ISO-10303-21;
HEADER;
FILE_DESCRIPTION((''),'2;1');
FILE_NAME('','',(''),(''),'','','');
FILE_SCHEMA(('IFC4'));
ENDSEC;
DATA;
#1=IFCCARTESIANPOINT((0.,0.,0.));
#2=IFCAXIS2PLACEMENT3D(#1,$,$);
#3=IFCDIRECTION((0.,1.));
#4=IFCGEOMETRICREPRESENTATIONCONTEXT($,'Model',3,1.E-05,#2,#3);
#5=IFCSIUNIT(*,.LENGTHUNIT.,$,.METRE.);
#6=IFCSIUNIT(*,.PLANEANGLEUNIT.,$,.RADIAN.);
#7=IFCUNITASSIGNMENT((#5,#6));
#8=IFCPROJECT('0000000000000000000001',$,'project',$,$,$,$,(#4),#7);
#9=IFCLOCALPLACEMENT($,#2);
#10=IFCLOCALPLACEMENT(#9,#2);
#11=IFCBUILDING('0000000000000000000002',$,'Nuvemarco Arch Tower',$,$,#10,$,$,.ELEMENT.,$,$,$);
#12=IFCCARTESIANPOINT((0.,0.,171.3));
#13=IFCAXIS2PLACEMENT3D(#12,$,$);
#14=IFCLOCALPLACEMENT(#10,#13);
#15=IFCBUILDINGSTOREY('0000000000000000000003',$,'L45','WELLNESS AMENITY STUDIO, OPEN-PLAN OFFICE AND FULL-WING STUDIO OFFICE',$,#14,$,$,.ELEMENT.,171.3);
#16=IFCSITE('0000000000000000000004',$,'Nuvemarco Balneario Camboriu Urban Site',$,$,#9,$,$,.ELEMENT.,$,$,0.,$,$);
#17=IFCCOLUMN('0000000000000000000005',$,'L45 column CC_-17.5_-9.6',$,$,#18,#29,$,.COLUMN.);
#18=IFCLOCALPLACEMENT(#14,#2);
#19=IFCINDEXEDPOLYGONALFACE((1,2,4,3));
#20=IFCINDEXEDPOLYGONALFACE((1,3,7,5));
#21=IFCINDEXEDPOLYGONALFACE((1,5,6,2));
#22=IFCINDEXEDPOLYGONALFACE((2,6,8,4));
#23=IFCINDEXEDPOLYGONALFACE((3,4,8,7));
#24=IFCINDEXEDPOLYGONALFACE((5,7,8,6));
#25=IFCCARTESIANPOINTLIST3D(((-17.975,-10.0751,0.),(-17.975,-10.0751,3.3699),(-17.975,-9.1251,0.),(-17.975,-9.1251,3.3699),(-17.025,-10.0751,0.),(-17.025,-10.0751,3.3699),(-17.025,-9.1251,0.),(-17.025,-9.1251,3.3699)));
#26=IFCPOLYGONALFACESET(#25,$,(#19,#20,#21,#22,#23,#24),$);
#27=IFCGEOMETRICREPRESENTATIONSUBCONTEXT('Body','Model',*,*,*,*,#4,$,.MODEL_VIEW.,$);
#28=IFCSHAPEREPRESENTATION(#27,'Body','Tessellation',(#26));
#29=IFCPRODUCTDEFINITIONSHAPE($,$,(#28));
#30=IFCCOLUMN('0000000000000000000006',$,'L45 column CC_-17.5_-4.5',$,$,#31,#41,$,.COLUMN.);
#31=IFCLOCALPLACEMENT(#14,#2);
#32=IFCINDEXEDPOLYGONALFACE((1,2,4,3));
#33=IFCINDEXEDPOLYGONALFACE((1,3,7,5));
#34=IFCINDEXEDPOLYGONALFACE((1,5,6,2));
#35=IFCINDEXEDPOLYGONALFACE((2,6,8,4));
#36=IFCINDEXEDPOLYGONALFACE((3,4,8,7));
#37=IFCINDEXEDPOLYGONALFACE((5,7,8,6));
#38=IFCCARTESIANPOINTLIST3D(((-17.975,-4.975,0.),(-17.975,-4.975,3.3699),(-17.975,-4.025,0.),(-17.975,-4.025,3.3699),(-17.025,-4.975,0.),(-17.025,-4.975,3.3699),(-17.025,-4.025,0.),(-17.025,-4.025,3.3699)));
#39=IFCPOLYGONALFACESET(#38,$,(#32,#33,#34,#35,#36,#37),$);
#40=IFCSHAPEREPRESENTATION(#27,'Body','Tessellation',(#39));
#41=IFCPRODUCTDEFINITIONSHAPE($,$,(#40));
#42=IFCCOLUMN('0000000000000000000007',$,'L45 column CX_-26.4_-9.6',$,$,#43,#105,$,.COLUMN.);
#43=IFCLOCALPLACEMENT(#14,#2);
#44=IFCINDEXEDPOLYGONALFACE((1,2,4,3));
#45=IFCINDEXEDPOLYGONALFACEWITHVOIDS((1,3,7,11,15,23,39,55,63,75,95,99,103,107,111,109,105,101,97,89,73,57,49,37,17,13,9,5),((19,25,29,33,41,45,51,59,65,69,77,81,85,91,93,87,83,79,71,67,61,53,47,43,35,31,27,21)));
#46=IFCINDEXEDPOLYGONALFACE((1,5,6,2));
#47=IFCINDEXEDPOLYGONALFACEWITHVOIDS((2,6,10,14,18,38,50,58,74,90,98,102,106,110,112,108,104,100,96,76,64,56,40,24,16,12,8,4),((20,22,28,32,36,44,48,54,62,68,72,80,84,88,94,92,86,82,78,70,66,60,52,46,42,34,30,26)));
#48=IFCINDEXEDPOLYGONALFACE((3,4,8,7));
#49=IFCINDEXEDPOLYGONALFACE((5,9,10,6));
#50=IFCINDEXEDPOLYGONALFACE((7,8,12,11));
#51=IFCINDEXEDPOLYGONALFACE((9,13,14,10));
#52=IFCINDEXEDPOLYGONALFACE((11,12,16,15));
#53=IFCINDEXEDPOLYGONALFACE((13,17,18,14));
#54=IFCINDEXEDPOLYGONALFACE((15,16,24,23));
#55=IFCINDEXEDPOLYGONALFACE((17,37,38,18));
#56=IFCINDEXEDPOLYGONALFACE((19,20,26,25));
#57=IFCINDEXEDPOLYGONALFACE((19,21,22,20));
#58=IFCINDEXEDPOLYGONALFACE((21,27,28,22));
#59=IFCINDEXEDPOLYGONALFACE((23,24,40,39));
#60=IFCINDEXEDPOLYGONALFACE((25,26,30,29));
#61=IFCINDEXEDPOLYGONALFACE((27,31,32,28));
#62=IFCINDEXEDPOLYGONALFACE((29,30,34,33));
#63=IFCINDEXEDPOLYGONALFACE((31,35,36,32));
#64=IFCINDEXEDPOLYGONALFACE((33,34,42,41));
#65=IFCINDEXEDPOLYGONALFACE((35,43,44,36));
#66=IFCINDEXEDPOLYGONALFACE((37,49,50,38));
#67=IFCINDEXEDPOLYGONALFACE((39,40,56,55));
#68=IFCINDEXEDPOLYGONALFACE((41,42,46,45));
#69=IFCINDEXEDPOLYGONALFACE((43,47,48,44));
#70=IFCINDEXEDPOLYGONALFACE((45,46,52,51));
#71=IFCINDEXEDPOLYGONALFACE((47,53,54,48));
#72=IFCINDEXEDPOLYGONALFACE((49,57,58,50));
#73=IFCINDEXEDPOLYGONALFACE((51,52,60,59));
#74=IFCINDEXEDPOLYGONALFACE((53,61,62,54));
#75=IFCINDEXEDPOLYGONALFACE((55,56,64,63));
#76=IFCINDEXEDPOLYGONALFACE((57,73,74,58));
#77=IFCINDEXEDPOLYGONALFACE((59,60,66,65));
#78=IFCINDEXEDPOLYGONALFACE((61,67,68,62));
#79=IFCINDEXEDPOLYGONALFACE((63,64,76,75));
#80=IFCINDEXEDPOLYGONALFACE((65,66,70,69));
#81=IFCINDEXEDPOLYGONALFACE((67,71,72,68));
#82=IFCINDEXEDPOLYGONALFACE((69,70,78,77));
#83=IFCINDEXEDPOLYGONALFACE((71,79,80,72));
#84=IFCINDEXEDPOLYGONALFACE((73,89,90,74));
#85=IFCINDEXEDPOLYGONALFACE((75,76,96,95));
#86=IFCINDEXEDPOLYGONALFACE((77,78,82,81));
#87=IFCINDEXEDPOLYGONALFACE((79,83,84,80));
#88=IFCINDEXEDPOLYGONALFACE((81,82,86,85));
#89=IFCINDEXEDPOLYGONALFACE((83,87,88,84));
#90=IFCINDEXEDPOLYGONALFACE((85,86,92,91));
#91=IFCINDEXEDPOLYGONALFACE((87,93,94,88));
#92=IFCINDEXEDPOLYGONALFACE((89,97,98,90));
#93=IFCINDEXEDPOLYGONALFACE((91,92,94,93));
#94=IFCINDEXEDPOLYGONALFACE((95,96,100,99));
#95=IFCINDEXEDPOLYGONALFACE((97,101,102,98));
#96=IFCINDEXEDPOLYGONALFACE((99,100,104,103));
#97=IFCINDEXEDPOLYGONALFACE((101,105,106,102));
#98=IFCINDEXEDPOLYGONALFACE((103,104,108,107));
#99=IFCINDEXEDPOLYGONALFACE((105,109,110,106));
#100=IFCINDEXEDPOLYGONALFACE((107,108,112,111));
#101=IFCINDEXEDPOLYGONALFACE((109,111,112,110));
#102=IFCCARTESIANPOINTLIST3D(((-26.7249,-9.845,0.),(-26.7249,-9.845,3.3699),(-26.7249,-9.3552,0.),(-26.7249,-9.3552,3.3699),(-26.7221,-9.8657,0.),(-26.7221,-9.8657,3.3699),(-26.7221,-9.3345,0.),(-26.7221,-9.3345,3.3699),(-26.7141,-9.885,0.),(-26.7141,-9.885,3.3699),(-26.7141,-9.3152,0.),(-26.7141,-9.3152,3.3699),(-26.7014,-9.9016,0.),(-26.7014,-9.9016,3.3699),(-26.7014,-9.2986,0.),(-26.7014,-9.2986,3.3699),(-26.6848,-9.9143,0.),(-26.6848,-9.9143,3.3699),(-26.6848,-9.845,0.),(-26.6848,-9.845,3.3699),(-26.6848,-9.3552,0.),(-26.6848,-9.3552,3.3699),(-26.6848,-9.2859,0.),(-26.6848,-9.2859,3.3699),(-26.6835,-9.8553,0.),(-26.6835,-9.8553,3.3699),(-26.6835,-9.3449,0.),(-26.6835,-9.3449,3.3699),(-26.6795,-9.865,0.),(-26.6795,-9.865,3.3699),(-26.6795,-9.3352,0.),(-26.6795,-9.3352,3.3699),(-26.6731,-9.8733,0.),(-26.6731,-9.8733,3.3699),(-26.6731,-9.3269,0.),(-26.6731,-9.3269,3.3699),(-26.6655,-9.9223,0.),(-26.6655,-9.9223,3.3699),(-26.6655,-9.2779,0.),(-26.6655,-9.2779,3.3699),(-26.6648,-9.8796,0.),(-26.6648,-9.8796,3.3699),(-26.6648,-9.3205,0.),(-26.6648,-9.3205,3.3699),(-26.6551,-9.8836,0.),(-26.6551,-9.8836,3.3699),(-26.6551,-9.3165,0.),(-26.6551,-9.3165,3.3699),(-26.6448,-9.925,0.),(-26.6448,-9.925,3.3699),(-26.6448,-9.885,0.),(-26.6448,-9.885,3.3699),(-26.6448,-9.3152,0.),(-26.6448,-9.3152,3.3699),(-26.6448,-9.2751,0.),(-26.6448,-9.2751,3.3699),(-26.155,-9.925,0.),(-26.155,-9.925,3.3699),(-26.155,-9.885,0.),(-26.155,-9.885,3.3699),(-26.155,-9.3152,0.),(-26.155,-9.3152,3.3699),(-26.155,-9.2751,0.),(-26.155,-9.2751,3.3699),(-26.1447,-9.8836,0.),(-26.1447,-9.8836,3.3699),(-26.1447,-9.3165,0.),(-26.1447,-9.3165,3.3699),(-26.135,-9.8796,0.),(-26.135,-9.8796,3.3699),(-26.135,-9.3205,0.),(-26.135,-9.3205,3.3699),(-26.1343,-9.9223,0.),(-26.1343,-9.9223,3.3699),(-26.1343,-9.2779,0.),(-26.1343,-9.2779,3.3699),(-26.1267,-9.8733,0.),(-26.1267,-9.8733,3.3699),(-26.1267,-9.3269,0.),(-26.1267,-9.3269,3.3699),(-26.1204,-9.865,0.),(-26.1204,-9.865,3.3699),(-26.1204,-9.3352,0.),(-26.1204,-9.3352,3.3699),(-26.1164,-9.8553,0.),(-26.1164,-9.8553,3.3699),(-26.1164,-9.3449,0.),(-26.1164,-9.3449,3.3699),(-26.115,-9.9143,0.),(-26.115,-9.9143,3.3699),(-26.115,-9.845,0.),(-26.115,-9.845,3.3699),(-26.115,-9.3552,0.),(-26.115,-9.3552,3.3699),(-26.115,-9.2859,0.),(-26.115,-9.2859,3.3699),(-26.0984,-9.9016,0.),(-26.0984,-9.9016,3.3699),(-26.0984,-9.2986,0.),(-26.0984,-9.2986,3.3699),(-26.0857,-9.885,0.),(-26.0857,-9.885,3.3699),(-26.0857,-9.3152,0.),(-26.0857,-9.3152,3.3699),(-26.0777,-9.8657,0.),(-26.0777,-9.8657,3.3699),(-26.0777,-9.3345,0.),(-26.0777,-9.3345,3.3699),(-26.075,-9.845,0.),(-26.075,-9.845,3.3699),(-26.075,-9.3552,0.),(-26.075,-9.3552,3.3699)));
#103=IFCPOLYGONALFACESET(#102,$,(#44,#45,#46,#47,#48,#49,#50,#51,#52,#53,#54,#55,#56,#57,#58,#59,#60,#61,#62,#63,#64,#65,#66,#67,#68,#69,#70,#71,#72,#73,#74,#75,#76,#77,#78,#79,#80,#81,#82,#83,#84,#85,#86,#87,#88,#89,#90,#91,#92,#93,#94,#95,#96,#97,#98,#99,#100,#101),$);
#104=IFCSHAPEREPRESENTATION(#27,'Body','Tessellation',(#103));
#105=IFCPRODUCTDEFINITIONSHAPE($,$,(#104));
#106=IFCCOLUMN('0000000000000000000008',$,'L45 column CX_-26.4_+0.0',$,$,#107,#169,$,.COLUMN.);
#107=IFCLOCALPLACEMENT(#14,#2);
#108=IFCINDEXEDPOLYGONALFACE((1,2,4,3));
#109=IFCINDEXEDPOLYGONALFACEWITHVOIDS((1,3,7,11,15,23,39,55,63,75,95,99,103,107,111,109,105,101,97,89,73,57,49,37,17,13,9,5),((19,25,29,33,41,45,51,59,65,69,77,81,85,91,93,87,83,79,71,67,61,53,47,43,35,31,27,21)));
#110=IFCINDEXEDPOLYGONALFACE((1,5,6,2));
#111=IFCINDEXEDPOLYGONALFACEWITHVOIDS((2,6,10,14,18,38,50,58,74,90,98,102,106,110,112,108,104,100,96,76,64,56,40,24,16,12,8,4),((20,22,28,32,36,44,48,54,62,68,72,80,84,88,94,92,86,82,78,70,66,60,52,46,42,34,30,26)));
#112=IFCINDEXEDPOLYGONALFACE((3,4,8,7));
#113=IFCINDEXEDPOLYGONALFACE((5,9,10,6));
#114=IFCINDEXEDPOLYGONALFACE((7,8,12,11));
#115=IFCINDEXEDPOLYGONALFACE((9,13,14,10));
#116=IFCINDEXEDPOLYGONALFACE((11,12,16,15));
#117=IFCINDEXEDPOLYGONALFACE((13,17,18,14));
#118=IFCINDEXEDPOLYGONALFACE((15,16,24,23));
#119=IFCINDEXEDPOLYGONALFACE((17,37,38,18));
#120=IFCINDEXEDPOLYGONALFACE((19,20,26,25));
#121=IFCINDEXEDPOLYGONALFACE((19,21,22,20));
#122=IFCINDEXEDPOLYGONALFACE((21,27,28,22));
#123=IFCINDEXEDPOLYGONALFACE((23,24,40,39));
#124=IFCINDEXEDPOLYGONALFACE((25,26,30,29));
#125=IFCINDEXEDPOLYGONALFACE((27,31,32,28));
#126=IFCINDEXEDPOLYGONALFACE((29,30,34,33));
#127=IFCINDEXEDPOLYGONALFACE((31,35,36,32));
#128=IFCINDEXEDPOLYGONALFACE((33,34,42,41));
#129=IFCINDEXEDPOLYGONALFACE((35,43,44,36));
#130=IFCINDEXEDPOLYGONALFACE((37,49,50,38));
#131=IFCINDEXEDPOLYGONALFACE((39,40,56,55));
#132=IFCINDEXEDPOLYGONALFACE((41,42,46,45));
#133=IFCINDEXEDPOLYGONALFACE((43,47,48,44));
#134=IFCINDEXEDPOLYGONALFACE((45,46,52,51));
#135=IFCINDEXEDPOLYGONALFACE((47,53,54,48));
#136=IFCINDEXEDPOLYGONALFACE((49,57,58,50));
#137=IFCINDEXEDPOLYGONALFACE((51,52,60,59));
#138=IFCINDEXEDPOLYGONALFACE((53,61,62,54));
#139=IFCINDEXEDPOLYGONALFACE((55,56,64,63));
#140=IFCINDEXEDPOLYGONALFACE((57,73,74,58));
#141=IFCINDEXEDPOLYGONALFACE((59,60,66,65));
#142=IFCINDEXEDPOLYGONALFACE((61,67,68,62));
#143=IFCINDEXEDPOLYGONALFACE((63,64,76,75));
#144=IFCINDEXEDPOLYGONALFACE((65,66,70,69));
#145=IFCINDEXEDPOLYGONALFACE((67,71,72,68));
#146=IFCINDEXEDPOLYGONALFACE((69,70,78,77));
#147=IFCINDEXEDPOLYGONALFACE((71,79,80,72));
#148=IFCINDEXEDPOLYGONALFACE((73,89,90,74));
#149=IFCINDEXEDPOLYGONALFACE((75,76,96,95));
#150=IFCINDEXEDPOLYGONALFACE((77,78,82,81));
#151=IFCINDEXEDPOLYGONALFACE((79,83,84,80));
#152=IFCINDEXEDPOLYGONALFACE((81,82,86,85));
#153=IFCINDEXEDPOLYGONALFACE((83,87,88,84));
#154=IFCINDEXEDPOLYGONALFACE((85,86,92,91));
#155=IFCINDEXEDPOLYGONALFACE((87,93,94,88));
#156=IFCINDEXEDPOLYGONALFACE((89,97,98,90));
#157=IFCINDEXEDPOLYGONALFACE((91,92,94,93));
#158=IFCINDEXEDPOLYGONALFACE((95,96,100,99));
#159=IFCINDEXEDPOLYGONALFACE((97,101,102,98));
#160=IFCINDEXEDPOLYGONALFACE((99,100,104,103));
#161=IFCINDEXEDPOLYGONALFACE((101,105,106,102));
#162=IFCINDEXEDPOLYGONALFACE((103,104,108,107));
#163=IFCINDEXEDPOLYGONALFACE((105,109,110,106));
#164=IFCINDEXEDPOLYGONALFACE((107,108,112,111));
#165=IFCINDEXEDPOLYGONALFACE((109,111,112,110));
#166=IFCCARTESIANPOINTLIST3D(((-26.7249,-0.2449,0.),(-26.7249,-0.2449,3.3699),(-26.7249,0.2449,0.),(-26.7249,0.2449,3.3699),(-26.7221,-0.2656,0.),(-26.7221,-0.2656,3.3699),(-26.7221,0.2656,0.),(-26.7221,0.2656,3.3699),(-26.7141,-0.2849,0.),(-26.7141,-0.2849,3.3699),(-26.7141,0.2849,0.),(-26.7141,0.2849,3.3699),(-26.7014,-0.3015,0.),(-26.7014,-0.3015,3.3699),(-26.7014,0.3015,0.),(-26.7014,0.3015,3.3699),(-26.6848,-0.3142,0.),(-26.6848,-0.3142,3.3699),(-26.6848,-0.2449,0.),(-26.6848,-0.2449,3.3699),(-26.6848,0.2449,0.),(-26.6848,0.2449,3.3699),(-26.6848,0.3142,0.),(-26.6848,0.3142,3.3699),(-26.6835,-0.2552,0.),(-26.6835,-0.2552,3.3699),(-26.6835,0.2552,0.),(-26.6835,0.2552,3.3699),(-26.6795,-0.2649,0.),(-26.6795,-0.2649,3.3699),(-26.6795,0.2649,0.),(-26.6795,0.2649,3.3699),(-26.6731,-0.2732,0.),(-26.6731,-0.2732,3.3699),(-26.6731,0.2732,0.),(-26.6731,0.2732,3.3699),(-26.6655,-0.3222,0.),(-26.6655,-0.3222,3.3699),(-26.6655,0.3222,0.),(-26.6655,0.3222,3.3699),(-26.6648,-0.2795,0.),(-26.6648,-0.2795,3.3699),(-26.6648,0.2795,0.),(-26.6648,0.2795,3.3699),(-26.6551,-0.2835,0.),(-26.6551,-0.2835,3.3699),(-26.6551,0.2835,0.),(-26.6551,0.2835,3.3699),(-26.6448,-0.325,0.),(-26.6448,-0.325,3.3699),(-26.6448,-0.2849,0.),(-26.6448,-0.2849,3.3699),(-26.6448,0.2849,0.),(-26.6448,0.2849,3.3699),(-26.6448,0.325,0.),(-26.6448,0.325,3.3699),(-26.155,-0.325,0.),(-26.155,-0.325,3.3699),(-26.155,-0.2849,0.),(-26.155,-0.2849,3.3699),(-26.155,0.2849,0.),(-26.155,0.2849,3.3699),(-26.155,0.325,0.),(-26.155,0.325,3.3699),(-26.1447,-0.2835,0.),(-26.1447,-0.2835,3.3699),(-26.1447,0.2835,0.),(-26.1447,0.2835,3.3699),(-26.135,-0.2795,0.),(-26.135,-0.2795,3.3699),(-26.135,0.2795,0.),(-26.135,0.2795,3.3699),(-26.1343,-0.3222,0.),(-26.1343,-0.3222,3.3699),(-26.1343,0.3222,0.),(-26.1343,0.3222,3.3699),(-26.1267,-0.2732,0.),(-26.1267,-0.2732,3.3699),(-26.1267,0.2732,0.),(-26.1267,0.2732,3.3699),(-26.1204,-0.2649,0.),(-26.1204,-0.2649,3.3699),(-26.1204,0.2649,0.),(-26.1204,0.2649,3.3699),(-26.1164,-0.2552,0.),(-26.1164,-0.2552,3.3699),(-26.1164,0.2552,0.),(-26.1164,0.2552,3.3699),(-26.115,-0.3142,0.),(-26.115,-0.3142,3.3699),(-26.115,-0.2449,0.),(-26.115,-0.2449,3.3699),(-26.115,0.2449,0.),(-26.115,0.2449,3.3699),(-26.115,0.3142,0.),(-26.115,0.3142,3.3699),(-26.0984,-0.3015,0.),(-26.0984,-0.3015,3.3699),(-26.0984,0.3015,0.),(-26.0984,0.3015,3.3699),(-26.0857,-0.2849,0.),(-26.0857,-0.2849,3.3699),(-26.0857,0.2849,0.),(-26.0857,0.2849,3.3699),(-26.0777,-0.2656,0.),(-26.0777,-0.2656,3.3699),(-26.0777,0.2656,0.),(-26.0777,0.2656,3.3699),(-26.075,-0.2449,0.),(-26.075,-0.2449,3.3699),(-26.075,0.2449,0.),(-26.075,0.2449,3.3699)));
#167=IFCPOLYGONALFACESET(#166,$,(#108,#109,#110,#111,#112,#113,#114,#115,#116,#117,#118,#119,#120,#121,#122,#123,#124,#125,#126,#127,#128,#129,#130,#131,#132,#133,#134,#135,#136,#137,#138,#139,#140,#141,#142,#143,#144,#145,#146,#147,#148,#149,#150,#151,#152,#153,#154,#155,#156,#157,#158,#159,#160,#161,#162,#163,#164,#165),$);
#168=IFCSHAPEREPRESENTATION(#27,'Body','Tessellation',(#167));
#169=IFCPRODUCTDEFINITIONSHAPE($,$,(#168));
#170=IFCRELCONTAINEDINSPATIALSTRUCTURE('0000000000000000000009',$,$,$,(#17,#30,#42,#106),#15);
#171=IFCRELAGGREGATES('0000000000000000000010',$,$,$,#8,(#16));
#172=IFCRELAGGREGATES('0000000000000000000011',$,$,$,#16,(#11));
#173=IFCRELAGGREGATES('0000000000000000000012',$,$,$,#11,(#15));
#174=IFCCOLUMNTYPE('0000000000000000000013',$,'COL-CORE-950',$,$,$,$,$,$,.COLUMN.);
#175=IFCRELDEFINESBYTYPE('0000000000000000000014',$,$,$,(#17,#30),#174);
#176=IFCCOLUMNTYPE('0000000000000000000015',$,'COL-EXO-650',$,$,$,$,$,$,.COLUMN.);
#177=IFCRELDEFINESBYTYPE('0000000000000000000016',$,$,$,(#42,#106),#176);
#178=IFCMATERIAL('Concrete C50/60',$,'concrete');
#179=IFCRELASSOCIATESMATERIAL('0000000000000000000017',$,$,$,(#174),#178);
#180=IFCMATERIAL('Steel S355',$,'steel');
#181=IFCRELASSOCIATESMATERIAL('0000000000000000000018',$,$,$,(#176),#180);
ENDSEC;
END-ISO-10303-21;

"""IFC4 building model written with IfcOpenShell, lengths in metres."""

from ifc_helpers import new_model, si_unit, direction, frame, origin, origin_2d, place, context, subcontext, project, spatial, rectangle, hollow_rectangle, extrude, material, material_profile, profile_set, type_object, element, save


model = new_model("IFC4")

# Units and contexts
model_context = context("Model", 3, precision=1e-05, world=origin(), true_north=direction((0.0, 1.0)))
body_context = subcontext(model_context, "Body", "Model", "MODEL_VIEW")
ifc_project = project(units=[si_unit("LENGTHUNIT", "METRE"), si_unit("PLANEANGLEUNIT", "RADIAN")], contexts=[model_context])

# Site, building, storey
site_placement = place(None, origin())
site = spatial("IfcSite", under=ifc_project, at=site_placement, Name="Nuvemarco Balneario Camboriu Urban Site", CompositionType="ELEMENT", RefElevation=0.0)
building_placement = place(site_placement, origin())
building = spatial("IfcBuilding", under=site, at=building_placement, Name="Nuvemarco Arch Tower", CompositionType="ELEMENT")
storey_placement = place(building_placement, frame((0.0, 0.0, 171.3)))
storey = spatial("IfcBuildingStorey", under=building, at=storey_placement, Name="L45", Description="WELLNESS AMENITY STUDIO, OPEN-PLAN OFFICE AND FULL-WING STUDIO OFFICE", CompositionType="ELEMENT", Elevation=171.3)

# Columns
ifc_material_1 = material(Name="Concrete C50/60", Category="concrete")
ifc_material_profile_1 = material_profile(ifc_material_1, rectangle(XDim=0.95, YDim=0.95, at=origin_2d()), Name="RC-COL-950x950")
ifc_profile_set_1 = profile_set([ifc_material_profile_1], Name="Concrete C50/60")
column_type_1 = type_object("IfcColumnType", Name="COL-CORE-950", PredefinedType="COLUMN", material=ifc_profile_set_1)
for number, where, z_axis, x_axis, name in (
    (1, (-17.5, -9.6001, 0.0), (0.0, 0.0, 1.0), (1.0, 0.0, 0.0), "L45 column CC_-17.5_-9.6"),
    (2, (-17.5, -4.5, 0.0), (0.0, 0.0, 1.0), (1.0, 0.0, 0.0), "L45 column CC_-17.5_-4.5"),
):
    element("IfcColumn", number, at=place(storey_placement, frame(where, z_axis=z_axis, x_axis=x_axis)), inside=storey, type_object=column_type_1, Name=name, PredefinedType="COLUMN", context=body_context, shape_type="SweptSolid", body=[
        extrude(rectangle(XDim=0.95, YDim=0.95, at=origin_2d()), origin(), (0.0, 0.0, 1.0), 3.3699),
    ])
ifc_material_2 = material(Name="Steel S355", Category="steel")
ifc_material_profile_2 = material_profile(ifc_material_2, hollow_rectangle(XDim=0.6499, YDim=0.6499, WallThickness=0.04, InnerFilletRadius=0.04, OuterFilletRadius=0.0801, at=origin_2d()), Name="SHS650x650x40")
ifc_profile_set_2 = profile_set([ifc_material_profile_2], Name="Steel S355")
column_type_2 = type_object("IfcColumnType", Name="COL-EXO-650", PredefinedType="COLUMN", material=ifc_profile_set_2)
for number, where, z_axis, x_axis, name in (
    (3, (-26.3999, -9.6001, 0.0), (0.0, 0.0, 1.0), (1.0, 0.0, 0.0), "L45 column CX_-26.4_-9.6"),
    (4, (-26.3999, 0.0, 0.0), (0.0, 0.0, 1.0), (1.0, 0.0, 0.0), "L45 column CX_-26.4_+0.0"),
):
    element("IfcColumn", number, at=place(storey_placement, frame(where, z_axis=z_axis, x_axis=x_axis)), inside=storey, type_object=column_type_2, Name=name, PredefinedType="COLUMN", context=body_context, shape_type="SweptSolid", body=[
        extrude(hollow_rectangle(XDim=0.6499, YDim=0.6499, WallThickness=0.04, InnerFilletRadius=0.04, OuterFilletRadius=0.0801, at=origin_2d()), origin(), (0.0, 0.0, 1.0), 3.3699),
    ])

save(model, "model.ifc")
